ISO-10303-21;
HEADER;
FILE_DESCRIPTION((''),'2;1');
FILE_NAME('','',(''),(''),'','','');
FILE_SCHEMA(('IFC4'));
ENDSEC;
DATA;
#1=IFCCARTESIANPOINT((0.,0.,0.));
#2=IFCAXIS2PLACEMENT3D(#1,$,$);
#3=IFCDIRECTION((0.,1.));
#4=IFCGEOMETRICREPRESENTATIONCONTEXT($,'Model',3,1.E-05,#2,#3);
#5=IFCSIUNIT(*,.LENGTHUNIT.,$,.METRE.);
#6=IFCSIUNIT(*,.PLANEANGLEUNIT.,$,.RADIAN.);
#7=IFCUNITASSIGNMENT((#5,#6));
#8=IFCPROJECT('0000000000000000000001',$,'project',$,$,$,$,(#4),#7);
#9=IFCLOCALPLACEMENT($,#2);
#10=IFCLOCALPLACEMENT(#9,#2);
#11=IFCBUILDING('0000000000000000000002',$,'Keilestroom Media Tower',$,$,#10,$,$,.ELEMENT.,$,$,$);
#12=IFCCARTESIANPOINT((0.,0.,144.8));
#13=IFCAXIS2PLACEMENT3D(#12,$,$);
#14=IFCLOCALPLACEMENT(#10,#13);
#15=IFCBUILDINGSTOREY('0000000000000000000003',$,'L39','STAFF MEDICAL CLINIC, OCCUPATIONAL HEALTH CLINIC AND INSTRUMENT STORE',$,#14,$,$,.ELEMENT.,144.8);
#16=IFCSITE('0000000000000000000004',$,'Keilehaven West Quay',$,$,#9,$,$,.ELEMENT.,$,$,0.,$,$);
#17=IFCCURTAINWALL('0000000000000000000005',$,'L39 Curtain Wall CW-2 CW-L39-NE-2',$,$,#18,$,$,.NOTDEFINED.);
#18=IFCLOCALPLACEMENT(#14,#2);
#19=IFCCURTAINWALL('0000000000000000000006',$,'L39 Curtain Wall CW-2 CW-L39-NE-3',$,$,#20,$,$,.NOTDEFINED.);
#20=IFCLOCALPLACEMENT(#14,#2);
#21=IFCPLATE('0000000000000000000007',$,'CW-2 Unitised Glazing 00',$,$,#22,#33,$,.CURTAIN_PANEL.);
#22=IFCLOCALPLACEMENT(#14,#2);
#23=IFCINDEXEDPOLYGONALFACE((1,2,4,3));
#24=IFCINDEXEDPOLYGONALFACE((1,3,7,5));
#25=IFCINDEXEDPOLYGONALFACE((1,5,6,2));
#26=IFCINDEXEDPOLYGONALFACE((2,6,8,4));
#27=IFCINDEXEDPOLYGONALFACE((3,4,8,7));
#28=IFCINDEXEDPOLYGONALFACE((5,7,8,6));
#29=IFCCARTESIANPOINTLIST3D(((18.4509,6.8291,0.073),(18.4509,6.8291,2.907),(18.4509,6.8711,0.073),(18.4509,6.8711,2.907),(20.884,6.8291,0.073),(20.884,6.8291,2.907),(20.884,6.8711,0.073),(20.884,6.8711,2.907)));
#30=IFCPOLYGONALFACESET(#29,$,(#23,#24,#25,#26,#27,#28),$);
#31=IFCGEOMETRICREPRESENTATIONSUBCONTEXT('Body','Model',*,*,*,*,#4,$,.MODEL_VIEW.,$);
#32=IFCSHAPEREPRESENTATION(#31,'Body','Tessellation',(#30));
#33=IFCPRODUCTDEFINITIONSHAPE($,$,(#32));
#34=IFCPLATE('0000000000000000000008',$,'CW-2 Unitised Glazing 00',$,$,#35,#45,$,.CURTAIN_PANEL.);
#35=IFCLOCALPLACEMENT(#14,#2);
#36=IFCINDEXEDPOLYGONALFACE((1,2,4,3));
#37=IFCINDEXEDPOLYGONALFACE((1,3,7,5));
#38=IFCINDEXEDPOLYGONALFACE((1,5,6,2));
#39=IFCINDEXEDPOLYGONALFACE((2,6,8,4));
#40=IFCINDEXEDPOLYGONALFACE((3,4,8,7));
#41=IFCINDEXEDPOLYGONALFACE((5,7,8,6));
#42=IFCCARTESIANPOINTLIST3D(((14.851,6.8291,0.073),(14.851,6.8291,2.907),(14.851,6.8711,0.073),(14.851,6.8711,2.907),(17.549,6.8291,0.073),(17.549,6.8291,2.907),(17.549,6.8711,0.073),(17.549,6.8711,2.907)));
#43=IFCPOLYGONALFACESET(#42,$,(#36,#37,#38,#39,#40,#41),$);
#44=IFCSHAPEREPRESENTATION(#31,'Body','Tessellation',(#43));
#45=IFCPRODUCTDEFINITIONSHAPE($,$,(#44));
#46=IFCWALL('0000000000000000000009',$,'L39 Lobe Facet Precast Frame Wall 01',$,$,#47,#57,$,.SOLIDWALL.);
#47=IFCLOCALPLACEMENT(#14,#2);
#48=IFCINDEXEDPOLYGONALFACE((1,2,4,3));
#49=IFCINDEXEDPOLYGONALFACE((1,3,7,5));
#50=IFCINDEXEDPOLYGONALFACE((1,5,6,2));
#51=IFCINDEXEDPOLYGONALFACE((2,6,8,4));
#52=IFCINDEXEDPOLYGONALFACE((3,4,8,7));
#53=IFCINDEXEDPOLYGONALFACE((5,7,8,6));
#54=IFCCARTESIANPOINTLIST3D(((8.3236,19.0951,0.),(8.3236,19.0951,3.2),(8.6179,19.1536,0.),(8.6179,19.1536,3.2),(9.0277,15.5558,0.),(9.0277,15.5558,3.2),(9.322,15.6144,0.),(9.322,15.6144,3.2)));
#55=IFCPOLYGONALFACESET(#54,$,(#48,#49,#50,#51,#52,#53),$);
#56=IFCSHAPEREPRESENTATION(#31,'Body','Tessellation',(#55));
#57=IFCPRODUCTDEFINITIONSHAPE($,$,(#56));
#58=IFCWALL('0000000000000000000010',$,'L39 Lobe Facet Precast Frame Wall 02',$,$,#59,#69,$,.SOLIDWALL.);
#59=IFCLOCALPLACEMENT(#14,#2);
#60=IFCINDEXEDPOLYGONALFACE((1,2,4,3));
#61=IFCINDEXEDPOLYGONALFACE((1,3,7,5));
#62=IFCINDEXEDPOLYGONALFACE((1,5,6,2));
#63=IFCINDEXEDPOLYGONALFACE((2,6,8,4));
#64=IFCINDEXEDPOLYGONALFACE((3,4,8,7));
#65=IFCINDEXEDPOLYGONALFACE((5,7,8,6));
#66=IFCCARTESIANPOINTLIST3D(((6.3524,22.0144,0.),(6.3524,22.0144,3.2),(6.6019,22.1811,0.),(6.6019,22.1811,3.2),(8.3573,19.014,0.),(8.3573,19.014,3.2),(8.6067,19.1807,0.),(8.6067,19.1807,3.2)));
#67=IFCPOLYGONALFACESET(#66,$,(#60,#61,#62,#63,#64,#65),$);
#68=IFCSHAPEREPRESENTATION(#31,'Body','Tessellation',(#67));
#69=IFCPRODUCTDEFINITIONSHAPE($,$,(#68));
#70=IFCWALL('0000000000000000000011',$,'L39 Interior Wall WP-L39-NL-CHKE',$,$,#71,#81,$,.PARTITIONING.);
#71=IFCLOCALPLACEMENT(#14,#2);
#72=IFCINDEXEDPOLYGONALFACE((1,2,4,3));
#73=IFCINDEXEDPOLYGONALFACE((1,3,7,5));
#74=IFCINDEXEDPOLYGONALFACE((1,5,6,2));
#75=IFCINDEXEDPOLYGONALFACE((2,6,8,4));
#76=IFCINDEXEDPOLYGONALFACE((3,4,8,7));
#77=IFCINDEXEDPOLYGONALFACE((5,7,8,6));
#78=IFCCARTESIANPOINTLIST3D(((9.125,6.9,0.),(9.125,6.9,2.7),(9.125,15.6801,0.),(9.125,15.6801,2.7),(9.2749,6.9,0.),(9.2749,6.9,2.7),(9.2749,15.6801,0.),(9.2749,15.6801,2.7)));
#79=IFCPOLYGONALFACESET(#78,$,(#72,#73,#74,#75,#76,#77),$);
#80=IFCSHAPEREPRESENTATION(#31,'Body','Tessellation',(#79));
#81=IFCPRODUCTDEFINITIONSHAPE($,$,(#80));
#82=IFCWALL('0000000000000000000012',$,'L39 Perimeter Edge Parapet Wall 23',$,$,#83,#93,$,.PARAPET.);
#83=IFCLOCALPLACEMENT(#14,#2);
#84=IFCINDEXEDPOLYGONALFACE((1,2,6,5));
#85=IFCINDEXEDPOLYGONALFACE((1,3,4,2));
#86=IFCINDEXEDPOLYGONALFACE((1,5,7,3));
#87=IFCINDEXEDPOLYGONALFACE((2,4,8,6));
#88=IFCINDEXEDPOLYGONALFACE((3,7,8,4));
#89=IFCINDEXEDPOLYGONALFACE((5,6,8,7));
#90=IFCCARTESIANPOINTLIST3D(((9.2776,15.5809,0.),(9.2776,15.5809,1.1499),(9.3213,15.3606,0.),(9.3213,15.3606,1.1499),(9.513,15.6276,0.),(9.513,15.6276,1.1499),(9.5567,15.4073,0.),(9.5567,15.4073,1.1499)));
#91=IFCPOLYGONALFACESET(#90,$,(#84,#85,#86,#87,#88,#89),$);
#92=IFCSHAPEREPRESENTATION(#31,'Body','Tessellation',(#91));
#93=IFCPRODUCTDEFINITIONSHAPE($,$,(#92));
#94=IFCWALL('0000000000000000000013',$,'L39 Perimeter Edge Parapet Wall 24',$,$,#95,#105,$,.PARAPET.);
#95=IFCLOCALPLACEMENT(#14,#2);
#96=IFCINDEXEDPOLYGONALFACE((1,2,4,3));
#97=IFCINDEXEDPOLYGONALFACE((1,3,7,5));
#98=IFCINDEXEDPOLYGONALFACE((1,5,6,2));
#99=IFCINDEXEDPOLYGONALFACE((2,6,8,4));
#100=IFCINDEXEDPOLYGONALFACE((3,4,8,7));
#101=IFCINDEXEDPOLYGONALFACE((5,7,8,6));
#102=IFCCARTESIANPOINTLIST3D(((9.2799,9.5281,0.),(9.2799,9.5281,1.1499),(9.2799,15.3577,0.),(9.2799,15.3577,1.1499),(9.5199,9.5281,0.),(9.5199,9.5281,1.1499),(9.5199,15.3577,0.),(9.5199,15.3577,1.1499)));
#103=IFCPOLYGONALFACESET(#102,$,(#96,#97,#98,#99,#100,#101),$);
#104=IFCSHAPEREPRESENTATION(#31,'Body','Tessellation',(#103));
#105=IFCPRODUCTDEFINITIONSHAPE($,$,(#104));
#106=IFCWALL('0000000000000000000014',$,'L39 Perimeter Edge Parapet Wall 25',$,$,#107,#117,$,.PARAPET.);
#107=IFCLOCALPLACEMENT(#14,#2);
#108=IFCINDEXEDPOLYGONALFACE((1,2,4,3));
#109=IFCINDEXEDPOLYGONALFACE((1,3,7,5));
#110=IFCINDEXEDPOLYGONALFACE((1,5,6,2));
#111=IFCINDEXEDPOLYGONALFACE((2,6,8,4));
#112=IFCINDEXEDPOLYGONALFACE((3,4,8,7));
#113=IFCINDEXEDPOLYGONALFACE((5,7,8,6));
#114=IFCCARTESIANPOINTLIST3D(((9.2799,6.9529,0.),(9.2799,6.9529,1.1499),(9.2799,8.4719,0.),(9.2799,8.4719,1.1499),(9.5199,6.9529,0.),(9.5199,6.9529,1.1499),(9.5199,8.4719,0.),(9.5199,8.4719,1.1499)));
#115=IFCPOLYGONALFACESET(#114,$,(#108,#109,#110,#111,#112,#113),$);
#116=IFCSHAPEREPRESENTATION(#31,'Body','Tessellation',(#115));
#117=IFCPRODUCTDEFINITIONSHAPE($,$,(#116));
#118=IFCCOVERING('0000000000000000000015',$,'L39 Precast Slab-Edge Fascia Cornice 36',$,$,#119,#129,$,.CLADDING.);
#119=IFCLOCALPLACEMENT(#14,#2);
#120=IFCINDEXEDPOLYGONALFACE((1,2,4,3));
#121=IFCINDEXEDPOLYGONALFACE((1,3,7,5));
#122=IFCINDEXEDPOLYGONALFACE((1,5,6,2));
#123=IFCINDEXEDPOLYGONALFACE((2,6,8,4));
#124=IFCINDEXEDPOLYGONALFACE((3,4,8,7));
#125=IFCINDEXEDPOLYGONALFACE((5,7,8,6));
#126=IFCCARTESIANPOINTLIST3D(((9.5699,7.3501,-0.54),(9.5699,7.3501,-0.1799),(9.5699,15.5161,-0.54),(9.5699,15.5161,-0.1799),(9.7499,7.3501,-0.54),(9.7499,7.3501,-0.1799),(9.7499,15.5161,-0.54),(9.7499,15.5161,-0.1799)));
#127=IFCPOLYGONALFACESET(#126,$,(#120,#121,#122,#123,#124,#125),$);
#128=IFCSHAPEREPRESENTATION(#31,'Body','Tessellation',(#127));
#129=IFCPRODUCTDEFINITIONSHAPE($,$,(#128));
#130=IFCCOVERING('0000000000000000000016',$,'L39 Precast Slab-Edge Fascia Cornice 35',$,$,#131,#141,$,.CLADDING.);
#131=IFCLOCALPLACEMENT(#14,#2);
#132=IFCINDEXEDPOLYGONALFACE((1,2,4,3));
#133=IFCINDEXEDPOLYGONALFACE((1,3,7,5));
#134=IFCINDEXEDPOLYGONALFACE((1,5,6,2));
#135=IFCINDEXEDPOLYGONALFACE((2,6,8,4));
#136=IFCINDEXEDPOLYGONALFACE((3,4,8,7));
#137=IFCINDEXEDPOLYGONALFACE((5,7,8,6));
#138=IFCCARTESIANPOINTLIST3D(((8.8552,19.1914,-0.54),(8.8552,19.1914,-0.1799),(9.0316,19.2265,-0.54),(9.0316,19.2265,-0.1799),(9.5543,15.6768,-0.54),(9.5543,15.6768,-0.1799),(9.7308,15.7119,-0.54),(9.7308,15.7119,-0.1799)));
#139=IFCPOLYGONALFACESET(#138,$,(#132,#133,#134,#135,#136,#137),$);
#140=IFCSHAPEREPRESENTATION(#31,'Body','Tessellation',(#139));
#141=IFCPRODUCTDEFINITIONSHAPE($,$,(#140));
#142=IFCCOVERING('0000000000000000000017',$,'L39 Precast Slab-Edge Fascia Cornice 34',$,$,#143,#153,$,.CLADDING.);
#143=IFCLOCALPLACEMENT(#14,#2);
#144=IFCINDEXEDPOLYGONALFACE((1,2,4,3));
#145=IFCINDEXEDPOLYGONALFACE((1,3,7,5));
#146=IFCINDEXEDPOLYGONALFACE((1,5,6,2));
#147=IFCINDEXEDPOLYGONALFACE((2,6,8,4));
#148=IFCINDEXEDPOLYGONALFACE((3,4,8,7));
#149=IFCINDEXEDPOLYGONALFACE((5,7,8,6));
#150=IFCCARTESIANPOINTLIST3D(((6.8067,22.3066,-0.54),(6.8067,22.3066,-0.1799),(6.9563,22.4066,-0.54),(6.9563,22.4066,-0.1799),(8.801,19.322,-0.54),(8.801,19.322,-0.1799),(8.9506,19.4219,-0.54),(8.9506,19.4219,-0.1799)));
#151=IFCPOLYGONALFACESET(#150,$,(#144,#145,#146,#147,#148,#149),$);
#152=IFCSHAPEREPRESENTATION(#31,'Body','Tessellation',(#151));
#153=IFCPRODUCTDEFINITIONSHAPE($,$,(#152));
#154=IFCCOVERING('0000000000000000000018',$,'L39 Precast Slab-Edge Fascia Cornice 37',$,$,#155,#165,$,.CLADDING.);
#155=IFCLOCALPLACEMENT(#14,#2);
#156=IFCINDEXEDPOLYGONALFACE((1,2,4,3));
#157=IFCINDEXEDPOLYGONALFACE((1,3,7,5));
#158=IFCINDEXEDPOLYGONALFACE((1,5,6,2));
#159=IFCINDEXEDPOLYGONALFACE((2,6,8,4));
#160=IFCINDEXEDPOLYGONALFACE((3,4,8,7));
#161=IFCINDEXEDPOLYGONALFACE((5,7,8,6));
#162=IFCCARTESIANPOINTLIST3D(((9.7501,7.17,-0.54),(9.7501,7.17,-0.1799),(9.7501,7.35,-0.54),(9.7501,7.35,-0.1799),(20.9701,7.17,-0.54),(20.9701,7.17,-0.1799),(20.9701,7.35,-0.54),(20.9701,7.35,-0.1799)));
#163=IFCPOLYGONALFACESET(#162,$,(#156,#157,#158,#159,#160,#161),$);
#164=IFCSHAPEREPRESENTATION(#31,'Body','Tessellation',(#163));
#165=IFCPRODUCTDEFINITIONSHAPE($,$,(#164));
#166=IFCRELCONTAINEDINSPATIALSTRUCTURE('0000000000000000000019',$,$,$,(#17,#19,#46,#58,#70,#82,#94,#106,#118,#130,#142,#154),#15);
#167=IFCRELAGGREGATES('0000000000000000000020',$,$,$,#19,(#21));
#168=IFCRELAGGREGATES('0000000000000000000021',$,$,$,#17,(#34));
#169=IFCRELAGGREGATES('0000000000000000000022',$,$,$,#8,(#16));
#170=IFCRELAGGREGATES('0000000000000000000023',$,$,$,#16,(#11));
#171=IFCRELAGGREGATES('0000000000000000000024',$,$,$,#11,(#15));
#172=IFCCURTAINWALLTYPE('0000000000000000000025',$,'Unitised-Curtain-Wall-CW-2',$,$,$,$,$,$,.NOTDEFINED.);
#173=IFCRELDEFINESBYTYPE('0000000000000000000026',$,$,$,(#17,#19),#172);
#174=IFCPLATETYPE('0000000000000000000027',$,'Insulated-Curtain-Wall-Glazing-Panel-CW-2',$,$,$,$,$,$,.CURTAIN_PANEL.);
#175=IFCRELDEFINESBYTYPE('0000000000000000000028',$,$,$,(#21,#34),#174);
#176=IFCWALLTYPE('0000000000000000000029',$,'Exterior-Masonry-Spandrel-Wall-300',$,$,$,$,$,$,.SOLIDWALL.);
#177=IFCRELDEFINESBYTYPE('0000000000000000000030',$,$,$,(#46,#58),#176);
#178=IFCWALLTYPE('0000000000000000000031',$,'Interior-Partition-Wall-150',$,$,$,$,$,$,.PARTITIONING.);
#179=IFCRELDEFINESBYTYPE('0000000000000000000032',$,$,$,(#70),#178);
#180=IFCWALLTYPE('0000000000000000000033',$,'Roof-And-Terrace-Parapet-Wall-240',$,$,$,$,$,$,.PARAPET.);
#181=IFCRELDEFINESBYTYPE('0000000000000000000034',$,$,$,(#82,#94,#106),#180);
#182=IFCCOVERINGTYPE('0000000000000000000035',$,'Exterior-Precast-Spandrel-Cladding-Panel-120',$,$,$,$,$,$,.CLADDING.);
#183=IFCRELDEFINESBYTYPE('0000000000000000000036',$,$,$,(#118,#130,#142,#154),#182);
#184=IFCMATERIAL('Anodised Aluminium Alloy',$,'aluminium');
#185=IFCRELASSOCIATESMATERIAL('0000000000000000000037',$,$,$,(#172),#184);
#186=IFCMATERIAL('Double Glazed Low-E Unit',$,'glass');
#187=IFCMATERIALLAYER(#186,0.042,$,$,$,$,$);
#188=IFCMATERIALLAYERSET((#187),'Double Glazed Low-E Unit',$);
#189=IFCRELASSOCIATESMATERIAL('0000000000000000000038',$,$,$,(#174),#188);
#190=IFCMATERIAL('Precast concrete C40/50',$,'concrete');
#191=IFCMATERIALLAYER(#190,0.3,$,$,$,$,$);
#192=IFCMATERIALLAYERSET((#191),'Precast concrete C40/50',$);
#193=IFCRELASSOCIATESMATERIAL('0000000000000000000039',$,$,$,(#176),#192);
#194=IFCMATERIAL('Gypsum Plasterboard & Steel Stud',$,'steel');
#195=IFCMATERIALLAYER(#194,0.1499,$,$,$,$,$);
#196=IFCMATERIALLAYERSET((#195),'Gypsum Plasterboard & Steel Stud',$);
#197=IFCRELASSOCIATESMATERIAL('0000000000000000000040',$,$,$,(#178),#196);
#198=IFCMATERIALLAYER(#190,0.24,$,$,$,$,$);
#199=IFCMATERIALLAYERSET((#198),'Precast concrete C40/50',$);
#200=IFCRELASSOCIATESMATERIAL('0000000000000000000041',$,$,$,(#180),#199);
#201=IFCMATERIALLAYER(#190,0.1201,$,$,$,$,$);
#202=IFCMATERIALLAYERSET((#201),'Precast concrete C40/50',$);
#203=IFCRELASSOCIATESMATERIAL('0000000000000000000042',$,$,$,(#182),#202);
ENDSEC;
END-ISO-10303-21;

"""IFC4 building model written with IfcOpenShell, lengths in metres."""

from ifc_helpers import new_model, si_unit, direction, frame, frame_2d, origin, origin_2d, place, context, subcontext, project, spatial, rectangle, extrude, source, transform, mapped, material, layer, layer_set, type_object, element, aggregate, save


model = new_model("IFC4")

# Units and contexts
model_context = context("Model", 3, precision=1e-05, world=origin(), true_north=direction((0.0, 1.0)))
body_context = subcontext(model_context, "Body", "Model", "MODEL_VIEW")
ifc_project = project(units=[si_unit("LENGTHUNIT", "METRE"), si_unit("PLANEANGLEUNIT", "RADIAN")], contexts=[model_context])

# Site, building, storey
site_placement = place(None, origin())
site = spatial("IfcSite", under=ifc_project, at=site_placement, Name="Keilehaven West Quay", CompositionType="ELEMENT", RefElevation=0.0)
building_placement = place(site_placement, origin())
building = spatial("IfcBuilding", under=site, at=building_placement, Name="Keilestroom Media Tower", CompositionType="ELEMENT")
storey_placement = place(building_placement, frame((0.0, 0.0, 144.8)))
storey = spatial("IfcBuildingStorey", under=building, at=storey_placement, Name="L39", Description="STAFF MEDICAL CLINIC, OCCUPATIONAL HEALTH CLINIC AND INSTRUMENT STORE", CompositionType="ELEMENT", Elevation=144.8)

# Shared definitions
ifc_material_1 = material(Name="Precast concrete C40/50", Category="concrete")

# Shared definitions
ifc_material_2 = material(Name="Anodised Aluminium Alloy", Category="aluminium")
curtain_wall_type = type_object("IfcCurtainWallType", Name="Unitised-Curtain-Wall-CW-2", PredefinedType="NOTDEFINED", material=ifc_material_2)

# Curtain walls
curtain_wall_1_placement = place(storey_placement, origin())
curtain_wall_1 = element("IfcCurtainWall", 1, at=curtain_wall_1_placement, inside=storey, type_object=curtain_wall_type, Name="L39 Curtain Wall CW-2 CW-L39-NE-2", PredefinedType="NOTDEFINED")
curtain_wall_2_placement = place(storey_placement, origin())
curtain_wall_2 = element("IfcCurtainWall", 2, at=curtain_wall_2_placement, inside=storey, type_object=curtain_wall_type, Name="L39 Curtain Wall CW-2 CW-L39-NE-3", PredefinedType="NOTDEFINED")

# Plates
ifc_material_3 = material(Name="Double Glazed Low-E Unit", Category="glass")
ifc_layer_1 = layer(ifc_material_3, 0.042)
ifc_layer_set_1 = layer_set([ifc_layer_1], Name="Double Glazed Low-E Unit")
plate_type = type_object("IfcPlateType", Name="Insulated-Curtain-Wall-Glazing-Panel-CW-2", PredefinedType="CURTAIN_PANEL", material=ifc_layer_set_1)
shared_shape_1 = source(origin(), body_context, "Body", "SweptSolid", [
    extrude(rectangle(XDim=2.4331, YDim=0.042, at=origin_2d()), origin(), (0.0, 0.0, 1.0), 2.834),
])
plate_1_placement = place(storey_placement, frame((19.6675, 6.8501, 0.073), z_axis=(0.0, 0.0, 1.0), x_axis=(1.0, 0.0, 0.0)))
plate_1 = element("IfcPlate", 3, at=plate_1_placement, type_object=plate_type, Name="CW-2 Unitised Glazing 00", PredefinedType="CURTAIN_PANEL", context=body_context, shape_type="MappedRepresentation", body=[
    mapped(shared_shape_1, transform((0.0, 0.0, 0.0), x_axis=(1.0, 0.0, 0.0), y_axis=(0.0, 1.0, 0.0), z_axis=(0.0, 0.0, 1.0), scale=1.0)),
])
aggregate(curtain_wall_2, [plate_1])
shared_shape_2 = source(origin(), body_context, "Body", "SweptSolid", [
    extrude(rectangle(XDim=2.698, YDim=0.042, at=origin_2d()), origin(), (0.0, 0.0, 1.0), 2.834),
])
plate_2_placement = place(storey_placement, frame((16.2, 6.8501, 0.073), z_axis=(0.0, 0.0, 1.0), x_axis=(1.0, 0.0, 0.0)))
plate_2 = element("IfcPlate", 4, at=plate_2_placement, type_object=plate_type, Name="CW-2 Unitised Glazing 00", PredefinedType="CURTAIN_PANEL", context=body_context, shape_type="MappedRepresentation", body=[
    mapped(shared_shape_2, transform((0.0, 0.0, 0.0), x_axis=(1.0, 0.0, 0.0), y_axis=(0.0, 1.0, 0.0), z_axis=(0.0, 0.0, 1.0), scale=1.0)),
])
aggregate(curtain_wall_1, [plate_2])

# Walls
ifc_layer_2 = layer(ifc_material_1, 0.3)
ifc_layer_set_2 = layer_set([ifc_layer_2], Name="Precast concrete C40/50")
wall_type_1 = type_object("IfcWallType", Name="Exterior-Masonry-Spandrel-Wall-300", PredefinedType="SOLIDWALL", material=ifc_layer_set_2)
for number, where, z_axis, x_axis, name in (
    (5, (9.1748, 15.5852, 0.0), (0.0, 0.0, 1.0), (-0.195114, 0.980781, 0.0), "L39 Lobe Facet Precast Frame Wall 01"),
    (6, (8.4819, 19.0974, 0.0), (0.0, 0.0, 1.0), (-0.555574, 0.831467, 0.0), "L39 Lobe Facet Precast Frame Wall 02"),
):
    element("IfcWall", number, at=place(storey_placement, frame(where, z_axis=z_axis, x_axis=x_axis)), inside=storey, type_object=wall_type_1, Name=name, PredefinedType="SOLIDWALL", context=body_context, shape_type="SweptSolid", body=[
        extrude(rectangle(XDim=3.6086, YDim=0.3, at=frame_2d((1.8042, 0.0))), origin(), (0.0, 0.0, 1.0), 3.2),
    ])
ifc_material_4 = material(Name="Gypsum Plasterboard & Steel Stud", Category="steel")
ifc_layer_3 = layer(ifc_material_4, 0.1499)
ifc_layer_set_3 = layer_set([ifc_layer_3], Name="Gypsum Plasterboard & Steel Stud")
wall_type_2 = type_object("IfcWallType", Name="Interior-Partition-Wall-150", PredefinedType="PARTITIONING", material=ifc_layer_set_3)
wall_1_placement = place(storey_placement, frame((9.2, 6.8999, 0.0), z_axis=(0.0, 0.0, 1.0), x_axis=(0.0, 1.0, 0.0)))
element("IfcWall", 7, at=wall_1_placement, inside=storey, type_object=wall_type_2, Name="L39 Interior Wall WP-L39-NL-CHKE", PredefinedType="PARTITIONING", context=body_context, shape_type="SweptSolid", body=[
    extrude(rectangle(XDim=8.78, YDim=0.1499, at=frame_2d((4.3901, 0.0))), origin(), (0.0, 0.0, 1.0), 2.7),
])
ifc_layer_4 = layer(ifc_material_1, 0.24)
ifc_layer_set_4 = layer_set([ifc_layer_4], Name="Precast concrete C40/50")
wall_type_3 = type_object("IfcWallType", Name="Roof-And-Terrace-Parapet-Wall-240", PredefinedType="PARAPET", material=ifc_layer_set_4)
wall_2_placement = place(storey_placement, frame((9.3953, 15.6042, 0.0), z_axis=(0.0, 0.0, 1.0), x_axis=(0.194652, -0.980872, 0.0)))
element("IfcWall", 8, at=wall_2_placement, inside=storey, type_object=wall_type_3, Name="L39 Perimeter Edge Parapet Wall 23", PredefinedType="PARAPET", context=body_context, shape_type="SweptSolid", body=[
    extrude(rectangle(XDim=0.2246, YDim=0.24, at=frame_2d((0.1123, 0.0))), origin(), (0.0, 0.0, 1.0), 1.1499),
])
wall_3_placement = place(storey_placement, frame((9.3999, 15.3577, 0.0), z_axis=(0.0, 0.0, 1.0), x_axis=(0.0, -1.0, 0.0)))
element("IfcWall", 9, at=wall_3_placement, inside=storey, type_object=wall_type_3, Name="L39 Perimeter Edge Parapet Wall 24", PredefinedType="PARAPET", context=body_context, shape_type="SweptSolid", body=[
    extrude(rectangle(XDim=5.8296, YDim=0.24, at=frame_2d((2.9148, 0.0))), origin(), (0.0, 0.0, 1.0), 1.1499),
])
wall_4_placement = place(storey_placement, frame((9.3999, 8.4719, 0.0), z_axis=(0.0, 0.0, 1.0), x_axis=(0.0, -1.0, 0.0)))
element("IfcWall", 10, at=wall_4_placement, inside=storey, type_object=wall_type_3, Name="L39 Perimeter Edge Parapet Wall 25", PredefinedType="PARAPET", context=body_context, shape_type="SweptSolid", body=[
    extrude(rectangle(XDim=1.519, YDim=0.24, at=frame_2d((0.7595, 0.0))), origin(), (0.0, 0.0, 1.0), 1.1499),
])

# Coverings
ifc_layer_5 = layer(ifc_material_1, 0.1201)
ifc_layer_set_5 = layer_set([ifc_layer_5], Name="Precast concrete C40/50")
covering_type = type_object("IfcCoveringType", Name="Exterior-Precast-Spandrel-Cladding-Panel-120", PredefinedType="CLADDING", material=ifc_layer_set_5)
shared_shape_3 = source(origin(), body_context, "Body", "SweptSolid", [
    extrude(rectangle(XDim=8.166, YDim=0.1799, at=origin_2d()), origin(), (0.0, 0.0, 1.0), 0.3601),
])
covering_1_placement = place(storey_placement, frame((9.6599, 11.4331, -0.54), z_axis=(0.0, 0.0, 1.0), x_axis=(0.0, -1.0, 0.0)))
element("IfcCovering", 11, at=covering_1_placement, inside=storey, type_object=covering_type, Name="L39 Precast Slab-Edge Fascia Cornice 36", PredefinedType="CLADDING", context=body_context, shape_type="MappedRepresentation", body=[
    mapped(shared_shape_3, transform((0.0, 0.0, 0.0), x_axis=(1.0, 0.0, 0.0), y_axis=(0.0, 1.0, 0.0), z_axis=(0.0, 0.0, 1.0), scale=1.0)),
])
shared_shape_4 = source(origin(), body_context, "Body", "SweptSolid", [
    extrude(rectangle(XDim=3.5835, YDim=0.1799, at=origin_2d()), origin(), (0.0, 0.0, 1.0), 0.3601),
])
covering_2_placement = place(storey_placement, frame((9.293, 17.4517, -0.54), z_axis=(0.0, 0.0, 1.0), x_axis=(0.195099, -0.980784, 0.0)))
element("IfcCovering", 12, at=covering_2_placement, inside=storey, type_object=covering_type, Name="L39 Precast Slab-Edge Fascia Cornice 35", PredefinedType="CLADDING", context=body_context, shape_type="MappedRepresentation", body=[
    mapped(shared_shape_4, transform((0.0, 0.0, 0.0), x_axis=(1.0, 0.0, 0.0), y_axis=(0.0, 1.0, 0.0), z_axis=(0.0, 0.0, 1.0), scale=1.0)),
])
shared_shape_5 = source(origin(), body_context, "Body", "SweptSolid", [
    extrude(rectangle(XDim=3.5896, YDim=0.1799, at=origin_2d()), origin(), (0.0, 0.0, 1.0), 0.3601),
])
covering_3_placement = place(storey_placement, frame((7.8787, 20.8643, -0.54), z_axis=(0.0, 0.0, 1.0), x_axis=(0.555575, -0.831467, 0.0)))
element("IfcCovering", 13, at=covering_3_placement, inside=storey, type_object=covering_type, Name="L39 Precast Slab-Edge Fascia Cornice 34", PredefinedType="CLADDING", context=body_context, shape_type="MappedRepresentation", body=[
    mapped(shared_shape_5, transform((0.0, 0.0, 0.0), x_axis=(1.0, 0.0, 0.0), y_axis=(0.0, 1.0, 0.0), z_axis=(0.0, 0.0, 1.0), scale=1.0)),
])
shared_shape_6 = source(origin(), body_context, "Body", "SweptSolid", [
    extrude(rectangle(XDim=11.22, YDim=0.1799, at=origin_2d()), origin(), (0.0, 0.0, 1.0), 0.3601),
])
covering_4_placement = place(storey_placement, frame((15.3601, 7.26, -0.54), z_axis=(0.0, 0.0, 1.0), x_axis=(1.0, 0.0, 0.0)))
element("IfcCovering", 14, at=covering_4_placement, inside=storey, type_object=covering_type, Name="L39 Precast Slab-Edge Fascia Cornice 37", PredefinedType="CLADDING", context=body_context, shape_type="MappedRepresentation", body=[
    mapped(shared_shape_6, transform((0.0, 0.0, 0.0), x_axis=(1.0, 0.0, 0.0), y_axis=(0.0, 1.0, 0.0), z_axis=(0.0, 0.0, 1.0), scale=1.0)),
])

save(model, "model.ifc")
